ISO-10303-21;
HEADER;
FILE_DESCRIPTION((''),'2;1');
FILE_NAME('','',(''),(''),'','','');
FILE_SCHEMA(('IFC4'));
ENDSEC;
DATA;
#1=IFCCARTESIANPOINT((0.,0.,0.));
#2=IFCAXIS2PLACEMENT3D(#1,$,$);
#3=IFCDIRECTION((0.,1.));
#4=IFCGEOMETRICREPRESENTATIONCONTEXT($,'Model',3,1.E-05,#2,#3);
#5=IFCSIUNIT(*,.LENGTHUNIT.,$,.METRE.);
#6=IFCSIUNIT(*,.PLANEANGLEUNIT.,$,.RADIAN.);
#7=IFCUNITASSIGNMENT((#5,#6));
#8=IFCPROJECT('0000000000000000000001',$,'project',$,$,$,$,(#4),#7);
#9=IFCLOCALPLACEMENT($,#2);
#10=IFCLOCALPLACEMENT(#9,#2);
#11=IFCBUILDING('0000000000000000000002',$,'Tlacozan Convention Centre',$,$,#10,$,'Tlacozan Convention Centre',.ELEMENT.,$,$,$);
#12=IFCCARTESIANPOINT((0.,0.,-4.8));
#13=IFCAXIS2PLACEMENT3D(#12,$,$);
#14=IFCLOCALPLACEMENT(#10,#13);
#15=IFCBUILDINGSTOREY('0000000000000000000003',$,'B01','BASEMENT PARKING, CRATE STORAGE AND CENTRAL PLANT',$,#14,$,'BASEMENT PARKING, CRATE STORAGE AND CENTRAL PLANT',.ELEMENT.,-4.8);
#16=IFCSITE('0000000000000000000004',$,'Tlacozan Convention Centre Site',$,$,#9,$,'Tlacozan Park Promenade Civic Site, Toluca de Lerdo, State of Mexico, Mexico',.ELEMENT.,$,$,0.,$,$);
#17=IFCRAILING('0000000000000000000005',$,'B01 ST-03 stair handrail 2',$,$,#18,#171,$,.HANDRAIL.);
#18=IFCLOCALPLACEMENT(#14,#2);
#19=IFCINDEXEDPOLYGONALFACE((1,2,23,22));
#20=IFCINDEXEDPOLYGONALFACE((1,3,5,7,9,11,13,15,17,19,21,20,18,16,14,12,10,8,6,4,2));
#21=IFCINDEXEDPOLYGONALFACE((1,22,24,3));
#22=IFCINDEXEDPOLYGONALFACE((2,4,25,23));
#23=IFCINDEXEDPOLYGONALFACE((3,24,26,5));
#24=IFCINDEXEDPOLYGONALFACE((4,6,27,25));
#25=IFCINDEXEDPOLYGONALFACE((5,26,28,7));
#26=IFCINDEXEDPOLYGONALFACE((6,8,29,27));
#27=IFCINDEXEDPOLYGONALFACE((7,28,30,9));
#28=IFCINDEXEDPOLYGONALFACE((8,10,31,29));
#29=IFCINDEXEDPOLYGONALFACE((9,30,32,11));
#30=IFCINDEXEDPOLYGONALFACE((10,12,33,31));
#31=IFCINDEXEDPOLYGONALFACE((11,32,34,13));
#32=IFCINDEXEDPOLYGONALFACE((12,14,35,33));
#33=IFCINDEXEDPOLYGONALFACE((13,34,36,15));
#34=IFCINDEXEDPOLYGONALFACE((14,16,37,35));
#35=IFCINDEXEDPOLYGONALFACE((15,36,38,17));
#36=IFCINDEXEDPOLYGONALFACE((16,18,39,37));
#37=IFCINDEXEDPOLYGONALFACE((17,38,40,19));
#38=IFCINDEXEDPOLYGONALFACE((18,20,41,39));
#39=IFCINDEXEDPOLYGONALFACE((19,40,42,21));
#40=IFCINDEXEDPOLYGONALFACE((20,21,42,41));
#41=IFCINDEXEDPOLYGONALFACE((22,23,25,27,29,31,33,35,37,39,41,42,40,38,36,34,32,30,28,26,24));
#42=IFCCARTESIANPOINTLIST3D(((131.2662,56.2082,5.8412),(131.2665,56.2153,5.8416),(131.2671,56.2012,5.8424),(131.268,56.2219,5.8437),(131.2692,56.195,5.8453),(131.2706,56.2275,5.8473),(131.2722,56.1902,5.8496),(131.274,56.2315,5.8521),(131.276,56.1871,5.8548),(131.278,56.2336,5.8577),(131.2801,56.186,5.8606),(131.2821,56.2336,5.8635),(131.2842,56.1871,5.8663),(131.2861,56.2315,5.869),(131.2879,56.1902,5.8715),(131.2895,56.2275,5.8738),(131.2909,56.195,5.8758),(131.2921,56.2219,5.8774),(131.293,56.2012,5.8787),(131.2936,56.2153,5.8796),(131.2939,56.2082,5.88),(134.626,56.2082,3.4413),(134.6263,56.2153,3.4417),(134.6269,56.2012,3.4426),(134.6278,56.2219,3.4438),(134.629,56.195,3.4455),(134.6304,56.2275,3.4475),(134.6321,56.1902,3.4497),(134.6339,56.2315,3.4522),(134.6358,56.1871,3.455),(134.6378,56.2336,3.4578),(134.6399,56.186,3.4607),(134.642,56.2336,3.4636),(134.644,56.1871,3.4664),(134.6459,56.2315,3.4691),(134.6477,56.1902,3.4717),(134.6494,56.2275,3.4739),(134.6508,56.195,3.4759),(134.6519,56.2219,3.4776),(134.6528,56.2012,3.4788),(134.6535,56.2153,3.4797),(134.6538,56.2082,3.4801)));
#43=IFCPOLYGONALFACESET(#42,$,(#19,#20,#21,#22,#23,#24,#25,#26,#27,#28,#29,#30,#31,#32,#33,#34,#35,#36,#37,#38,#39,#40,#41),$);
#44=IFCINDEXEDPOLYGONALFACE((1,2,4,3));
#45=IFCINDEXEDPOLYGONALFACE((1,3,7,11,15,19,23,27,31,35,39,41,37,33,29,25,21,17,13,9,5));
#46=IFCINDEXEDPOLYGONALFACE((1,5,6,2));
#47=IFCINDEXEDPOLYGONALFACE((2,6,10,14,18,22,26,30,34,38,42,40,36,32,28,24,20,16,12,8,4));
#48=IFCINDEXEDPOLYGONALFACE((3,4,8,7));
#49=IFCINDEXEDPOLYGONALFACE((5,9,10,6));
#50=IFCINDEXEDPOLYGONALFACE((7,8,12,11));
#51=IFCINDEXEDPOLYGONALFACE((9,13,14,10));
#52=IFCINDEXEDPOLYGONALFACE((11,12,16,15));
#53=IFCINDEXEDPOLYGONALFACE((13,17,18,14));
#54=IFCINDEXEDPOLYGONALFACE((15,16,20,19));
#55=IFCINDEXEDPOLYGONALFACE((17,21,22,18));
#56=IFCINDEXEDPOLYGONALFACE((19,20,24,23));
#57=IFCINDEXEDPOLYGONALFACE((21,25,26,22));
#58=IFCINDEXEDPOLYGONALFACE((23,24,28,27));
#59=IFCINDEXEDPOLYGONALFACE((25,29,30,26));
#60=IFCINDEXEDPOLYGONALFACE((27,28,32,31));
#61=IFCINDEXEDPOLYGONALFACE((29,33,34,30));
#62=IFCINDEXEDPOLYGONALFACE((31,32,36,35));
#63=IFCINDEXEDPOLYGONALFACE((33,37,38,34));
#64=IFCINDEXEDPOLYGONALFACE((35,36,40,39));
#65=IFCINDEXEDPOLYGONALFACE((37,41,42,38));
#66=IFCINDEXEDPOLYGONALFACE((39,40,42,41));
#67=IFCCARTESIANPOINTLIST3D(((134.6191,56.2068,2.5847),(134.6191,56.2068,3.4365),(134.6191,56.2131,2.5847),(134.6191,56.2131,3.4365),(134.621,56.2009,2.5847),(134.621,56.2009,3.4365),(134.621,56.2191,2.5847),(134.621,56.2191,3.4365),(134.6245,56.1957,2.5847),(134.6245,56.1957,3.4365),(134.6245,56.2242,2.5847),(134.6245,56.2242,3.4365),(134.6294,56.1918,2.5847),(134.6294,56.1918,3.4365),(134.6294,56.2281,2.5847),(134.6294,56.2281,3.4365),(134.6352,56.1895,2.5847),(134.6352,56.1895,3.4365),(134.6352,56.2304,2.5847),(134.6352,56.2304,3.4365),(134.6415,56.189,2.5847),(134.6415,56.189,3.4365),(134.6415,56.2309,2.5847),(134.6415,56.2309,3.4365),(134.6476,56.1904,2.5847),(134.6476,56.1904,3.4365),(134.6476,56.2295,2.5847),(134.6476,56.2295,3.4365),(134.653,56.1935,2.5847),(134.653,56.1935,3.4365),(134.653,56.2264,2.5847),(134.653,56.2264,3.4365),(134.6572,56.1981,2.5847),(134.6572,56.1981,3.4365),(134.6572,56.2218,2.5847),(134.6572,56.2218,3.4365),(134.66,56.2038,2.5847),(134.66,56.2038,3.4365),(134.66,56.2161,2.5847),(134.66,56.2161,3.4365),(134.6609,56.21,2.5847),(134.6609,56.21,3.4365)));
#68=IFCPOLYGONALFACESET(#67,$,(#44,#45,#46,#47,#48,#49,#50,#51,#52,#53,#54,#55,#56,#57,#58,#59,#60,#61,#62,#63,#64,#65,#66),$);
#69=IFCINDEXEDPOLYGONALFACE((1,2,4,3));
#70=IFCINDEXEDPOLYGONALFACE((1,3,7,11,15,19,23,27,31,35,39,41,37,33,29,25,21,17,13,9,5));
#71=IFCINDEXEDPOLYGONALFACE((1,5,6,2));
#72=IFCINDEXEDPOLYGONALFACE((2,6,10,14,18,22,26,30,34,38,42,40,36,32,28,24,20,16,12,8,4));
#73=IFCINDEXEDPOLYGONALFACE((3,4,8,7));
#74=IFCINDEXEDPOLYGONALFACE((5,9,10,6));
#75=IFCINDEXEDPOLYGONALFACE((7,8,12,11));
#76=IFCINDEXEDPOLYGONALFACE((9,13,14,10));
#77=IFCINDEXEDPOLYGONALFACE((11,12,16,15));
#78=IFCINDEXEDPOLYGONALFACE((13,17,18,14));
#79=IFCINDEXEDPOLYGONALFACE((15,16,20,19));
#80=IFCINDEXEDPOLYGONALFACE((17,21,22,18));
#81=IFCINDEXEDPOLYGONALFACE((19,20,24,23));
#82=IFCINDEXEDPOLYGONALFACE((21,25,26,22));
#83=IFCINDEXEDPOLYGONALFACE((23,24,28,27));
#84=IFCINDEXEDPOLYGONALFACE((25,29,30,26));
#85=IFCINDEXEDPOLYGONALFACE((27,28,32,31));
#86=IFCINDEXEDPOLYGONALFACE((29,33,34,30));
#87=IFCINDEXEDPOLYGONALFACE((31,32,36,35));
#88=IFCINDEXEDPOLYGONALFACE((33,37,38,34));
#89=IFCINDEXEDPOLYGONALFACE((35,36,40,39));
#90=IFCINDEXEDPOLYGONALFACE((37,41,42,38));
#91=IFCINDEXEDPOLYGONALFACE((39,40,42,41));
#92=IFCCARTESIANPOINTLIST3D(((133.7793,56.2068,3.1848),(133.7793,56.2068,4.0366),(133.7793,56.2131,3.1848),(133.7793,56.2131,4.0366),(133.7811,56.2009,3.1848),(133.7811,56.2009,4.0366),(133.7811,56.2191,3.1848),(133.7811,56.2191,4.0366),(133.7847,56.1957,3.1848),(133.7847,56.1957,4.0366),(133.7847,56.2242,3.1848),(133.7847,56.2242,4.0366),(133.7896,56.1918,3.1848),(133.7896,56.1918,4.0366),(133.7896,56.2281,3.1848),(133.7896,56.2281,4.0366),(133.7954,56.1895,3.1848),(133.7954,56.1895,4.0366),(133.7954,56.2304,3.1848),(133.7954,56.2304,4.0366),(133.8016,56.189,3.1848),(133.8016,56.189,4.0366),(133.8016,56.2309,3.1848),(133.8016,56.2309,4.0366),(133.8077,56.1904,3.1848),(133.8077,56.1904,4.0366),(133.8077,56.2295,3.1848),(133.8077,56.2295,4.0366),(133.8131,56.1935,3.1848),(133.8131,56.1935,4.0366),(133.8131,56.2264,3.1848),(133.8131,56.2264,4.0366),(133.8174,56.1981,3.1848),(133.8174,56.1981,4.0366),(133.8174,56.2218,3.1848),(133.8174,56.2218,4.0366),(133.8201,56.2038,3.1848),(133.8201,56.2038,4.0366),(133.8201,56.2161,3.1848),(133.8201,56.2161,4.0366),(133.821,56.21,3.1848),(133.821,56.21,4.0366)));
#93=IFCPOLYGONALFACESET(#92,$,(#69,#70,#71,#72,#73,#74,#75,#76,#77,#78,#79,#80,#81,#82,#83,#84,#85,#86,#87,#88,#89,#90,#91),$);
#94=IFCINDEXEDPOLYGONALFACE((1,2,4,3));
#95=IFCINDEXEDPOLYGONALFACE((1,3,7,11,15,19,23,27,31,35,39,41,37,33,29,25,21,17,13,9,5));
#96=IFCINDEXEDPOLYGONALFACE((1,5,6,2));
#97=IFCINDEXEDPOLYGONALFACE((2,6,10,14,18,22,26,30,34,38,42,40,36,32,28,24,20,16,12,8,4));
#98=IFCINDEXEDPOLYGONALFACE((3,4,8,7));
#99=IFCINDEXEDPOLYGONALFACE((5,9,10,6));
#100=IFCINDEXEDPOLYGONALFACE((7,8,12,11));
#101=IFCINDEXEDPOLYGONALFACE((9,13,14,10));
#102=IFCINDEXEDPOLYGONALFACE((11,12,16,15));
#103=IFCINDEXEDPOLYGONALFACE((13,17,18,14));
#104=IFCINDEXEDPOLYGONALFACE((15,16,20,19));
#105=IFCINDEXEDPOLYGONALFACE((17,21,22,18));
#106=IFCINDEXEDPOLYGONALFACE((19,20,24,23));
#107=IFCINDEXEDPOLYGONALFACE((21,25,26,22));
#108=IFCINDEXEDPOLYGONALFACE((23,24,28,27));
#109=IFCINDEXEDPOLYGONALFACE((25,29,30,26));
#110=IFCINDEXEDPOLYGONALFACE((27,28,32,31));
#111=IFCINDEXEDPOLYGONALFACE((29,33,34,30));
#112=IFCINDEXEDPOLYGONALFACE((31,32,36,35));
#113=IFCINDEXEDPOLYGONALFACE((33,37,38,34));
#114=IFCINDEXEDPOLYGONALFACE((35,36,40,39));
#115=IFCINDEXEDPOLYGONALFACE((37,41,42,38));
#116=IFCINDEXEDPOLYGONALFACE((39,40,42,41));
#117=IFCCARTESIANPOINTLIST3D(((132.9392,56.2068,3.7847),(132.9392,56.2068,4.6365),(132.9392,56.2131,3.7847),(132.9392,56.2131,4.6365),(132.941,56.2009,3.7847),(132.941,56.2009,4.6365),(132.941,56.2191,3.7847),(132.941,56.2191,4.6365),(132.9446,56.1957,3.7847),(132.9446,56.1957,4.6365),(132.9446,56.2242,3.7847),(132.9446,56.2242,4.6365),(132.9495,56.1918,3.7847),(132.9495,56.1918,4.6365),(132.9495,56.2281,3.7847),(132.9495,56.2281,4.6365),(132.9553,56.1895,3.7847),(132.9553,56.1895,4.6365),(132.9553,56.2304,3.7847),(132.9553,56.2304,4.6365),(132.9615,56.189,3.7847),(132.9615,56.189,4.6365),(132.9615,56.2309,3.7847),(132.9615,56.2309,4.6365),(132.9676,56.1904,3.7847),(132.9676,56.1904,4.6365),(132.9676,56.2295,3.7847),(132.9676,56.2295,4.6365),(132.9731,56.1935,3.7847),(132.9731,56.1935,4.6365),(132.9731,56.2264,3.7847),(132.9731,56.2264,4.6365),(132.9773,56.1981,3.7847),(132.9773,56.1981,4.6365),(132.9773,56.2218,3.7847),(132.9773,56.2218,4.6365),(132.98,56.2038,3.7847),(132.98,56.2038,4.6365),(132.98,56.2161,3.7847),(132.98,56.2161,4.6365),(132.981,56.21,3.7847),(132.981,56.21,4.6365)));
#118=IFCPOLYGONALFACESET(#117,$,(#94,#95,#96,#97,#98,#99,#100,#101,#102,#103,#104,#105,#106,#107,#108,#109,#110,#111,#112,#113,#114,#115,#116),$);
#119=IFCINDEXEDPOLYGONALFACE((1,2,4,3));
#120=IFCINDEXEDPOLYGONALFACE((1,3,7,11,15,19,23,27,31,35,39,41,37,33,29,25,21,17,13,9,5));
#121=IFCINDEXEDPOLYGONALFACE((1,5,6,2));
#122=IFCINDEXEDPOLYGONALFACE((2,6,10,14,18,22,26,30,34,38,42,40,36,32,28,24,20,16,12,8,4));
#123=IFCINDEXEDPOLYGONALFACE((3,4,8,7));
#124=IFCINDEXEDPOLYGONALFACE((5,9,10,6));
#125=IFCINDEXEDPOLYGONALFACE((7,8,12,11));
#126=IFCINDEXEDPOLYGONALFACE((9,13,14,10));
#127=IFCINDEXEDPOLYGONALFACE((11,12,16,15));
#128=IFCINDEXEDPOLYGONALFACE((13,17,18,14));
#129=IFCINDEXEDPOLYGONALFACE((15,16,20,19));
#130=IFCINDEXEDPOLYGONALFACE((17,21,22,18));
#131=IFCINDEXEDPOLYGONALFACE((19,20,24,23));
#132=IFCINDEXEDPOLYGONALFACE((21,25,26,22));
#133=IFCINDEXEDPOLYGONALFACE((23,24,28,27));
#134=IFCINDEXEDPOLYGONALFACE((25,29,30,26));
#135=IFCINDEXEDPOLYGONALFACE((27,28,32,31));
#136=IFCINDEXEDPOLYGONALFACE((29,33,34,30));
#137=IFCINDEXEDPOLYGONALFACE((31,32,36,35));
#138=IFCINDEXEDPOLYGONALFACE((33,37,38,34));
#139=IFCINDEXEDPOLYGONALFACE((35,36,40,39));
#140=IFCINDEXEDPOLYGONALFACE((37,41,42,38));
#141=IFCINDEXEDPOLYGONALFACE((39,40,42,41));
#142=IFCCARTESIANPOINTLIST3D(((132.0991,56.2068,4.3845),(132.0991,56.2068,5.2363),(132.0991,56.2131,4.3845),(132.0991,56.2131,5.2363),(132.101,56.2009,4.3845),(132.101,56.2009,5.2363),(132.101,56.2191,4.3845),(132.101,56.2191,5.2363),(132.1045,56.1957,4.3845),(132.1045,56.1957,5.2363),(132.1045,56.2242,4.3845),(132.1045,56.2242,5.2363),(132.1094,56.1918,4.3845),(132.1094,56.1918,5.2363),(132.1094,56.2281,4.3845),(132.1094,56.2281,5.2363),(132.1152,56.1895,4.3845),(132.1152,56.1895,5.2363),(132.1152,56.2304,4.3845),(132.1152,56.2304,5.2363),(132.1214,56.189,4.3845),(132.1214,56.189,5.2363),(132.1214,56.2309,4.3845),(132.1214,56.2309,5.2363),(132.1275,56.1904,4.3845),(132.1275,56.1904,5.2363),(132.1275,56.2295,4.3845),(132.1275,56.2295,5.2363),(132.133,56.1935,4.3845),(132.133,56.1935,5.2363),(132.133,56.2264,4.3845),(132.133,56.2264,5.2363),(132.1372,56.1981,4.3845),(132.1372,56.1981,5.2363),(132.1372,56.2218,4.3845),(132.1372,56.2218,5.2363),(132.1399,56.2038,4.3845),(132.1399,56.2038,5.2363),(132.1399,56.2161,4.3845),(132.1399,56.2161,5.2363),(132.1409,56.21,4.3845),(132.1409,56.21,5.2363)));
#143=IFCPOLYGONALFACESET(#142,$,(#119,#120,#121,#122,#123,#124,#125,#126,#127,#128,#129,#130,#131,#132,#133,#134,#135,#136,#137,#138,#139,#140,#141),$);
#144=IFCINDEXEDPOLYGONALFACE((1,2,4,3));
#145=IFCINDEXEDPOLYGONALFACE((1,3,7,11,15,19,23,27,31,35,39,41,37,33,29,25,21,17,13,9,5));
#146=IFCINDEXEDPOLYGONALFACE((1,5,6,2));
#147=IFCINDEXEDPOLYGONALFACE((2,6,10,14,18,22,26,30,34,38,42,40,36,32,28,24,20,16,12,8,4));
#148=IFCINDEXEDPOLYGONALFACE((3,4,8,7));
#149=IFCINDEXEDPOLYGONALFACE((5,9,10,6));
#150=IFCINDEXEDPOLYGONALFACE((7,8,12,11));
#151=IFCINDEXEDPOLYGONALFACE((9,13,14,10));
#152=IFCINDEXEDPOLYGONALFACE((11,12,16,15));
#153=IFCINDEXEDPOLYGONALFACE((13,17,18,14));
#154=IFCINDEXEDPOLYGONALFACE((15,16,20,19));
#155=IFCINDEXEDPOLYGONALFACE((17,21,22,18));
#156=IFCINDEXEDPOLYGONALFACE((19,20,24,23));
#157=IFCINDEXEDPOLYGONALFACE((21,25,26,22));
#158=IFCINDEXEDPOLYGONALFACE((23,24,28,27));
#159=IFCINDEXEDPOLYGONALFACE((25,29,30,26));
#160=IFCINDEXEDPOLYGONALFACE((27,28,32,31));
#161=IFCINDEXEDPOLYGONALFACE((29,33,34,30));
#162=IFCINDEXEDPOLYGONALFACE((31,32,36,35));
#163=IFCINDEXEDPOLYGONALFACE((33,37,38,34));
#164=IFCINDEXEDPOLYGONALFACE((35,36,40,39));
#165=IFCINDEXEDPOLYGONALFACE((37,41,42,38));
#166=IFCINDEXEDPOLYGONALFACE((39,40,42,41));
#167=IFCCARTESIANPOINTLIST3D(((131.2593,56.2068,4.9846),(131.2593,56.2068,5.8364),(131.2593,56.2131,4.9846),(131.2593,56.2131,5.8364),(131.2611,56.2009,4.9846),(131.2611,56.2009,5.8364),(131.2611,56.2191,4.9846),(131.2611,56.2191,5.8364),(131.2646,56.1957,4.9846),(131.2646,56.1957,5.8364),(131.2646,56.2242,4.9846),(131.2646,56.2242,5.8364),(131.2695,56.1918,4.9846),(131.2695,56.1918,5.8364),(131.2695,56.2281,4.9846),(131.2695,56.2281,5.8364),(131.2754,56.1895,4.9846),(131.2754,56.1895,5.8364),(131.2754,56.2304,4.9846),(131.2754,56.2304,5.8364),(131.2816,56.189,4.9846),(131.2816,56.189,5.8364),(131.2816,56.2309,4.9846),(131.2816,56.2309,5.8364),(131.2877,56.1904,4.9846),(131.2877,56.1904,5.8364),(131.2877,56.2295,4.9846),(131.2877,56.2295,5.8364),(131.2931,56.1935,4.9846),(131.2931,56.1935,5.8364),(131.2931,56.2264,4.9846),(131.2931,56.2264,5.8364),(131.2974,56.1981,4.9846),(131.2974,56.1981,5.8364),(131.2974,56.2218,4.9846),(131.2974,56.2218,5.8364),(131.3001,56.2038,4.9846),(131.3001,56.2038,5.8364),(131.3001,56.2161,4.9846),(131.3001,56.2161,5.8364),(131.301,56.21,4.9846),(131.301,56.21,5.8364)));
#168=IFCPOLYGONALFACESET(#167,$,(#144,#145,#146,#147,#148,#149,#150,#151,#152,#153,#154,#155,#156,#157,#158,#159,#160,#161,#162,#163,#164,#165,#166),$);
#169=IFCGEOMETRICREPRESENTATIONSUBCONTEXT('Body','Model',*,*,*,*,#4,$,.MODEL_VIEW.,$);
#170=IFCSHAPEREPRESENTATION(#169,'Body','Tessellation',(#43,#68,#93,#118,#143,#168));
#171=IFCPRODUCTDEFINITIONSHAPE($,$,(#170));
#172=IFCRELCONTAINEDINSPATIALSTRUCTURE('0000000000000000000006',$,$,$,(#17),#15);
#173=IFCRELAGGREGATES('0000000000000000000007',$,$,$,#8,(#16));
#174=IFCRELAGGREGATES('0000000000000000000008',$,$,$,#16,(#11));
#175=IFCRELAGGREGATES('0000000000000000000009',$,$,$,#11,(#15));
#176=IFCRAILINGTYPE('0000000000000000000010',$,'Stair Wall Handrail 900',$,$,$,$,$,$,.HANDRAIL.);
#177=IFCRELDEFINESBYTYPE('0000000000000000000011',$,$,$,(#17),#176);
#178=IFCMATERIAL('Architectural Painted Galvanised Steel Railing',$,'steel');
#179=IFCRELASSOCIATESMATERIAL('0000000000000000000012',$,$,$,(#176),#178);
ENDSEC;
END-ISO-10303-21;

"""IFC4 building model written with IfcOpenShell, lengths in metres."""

from ifc_helpers import new_model, si_unit, direction, frame, origin, origin_2d, place, context, subcontext, project, spatial, circle, extrude, material, type_object, element, save


model = new_model("IFC4")

# Units and contexts
model_context = context("Model", 3, precision=1e-05, world=origin(), true_north=direction((0.0, 1.0)))
body_context = subcontext(model_context, "Body", "Model", "MODEL_VIEW")
ifc_project = project(units=[si_unit("LENGTHUNIT", "METRE"), si_unit("PLANEANGLEUNIT", "RADIAN")], contexts=[model_context])

# Site, building, storey
site_placement = place(None, origin())
site = spatial("IfcSite", under=ifc_project, at=site_placement, Name="Tlacozan Convention Centre Site", LongName="Tlacozan Park Promenade Civic Site, Toluca de Lerdo, State of Mexico, Mexico", CompositionType="ELEMENT", RefElevation=0.0)
building_placement = place(site_placement, origin())
building = spatial("IfcBuilding", under=site, at=building_placement, Name="Tlacozan Convention Centre", LongName="Tlacozan Convention Centre", CompositionType="ELEMENT")
storey_placement = place(building_placement, frame((0.0, 0.0, -4.8)))
storey = spatial("IfcBuildingStorey", under=building, at=storey_placement, Name="B01", Description="BASEMENT PARKING, CRATE STORAGE AND CENTRAL PLANT", LongName="BASEMENT PARKING, CRATE STORAGE AND CENTRAL PLANT", CompositionType="ELEMENT", Elevation=-4.8)

# Railing
ifc_material_1 = material(Name="Architectural Painted Galvanised Steel Railing", Category="steel")
railing_type_1 = type_object("IfcRailingType", Name="Stair Wall Handrail 900", PredefinedType="HANDRAIL", material=ifc_material_1)
railing_1_placement = place(storey_placement, frame((134.6399, 56.21, 2.5847)))
element("IfcRailing", 1, at=railing_1_placement, inside=storey, type_object=railing_type_1, Name="B01 ST-03 stair handrail 2", PredefinedType="HANDRAIL", context=body_context, shape_type="SweptSolid", body=[
    extrude(circle(Radius=0.0239, at=origin_2d()), frame((0.0, 0.0, 0.876), z_axis=(-0.813733, 0.0, 0.581238), x_axis=(0.0, -1.0, 0.0)), (0.0, 0.0, 1.0), 4.1289),
    extrude(circle(Radius=0.021, at=origin_2d()), origin(), (0.0, 0.0, 1.0), 0.8518),
    extrude(circle(Radius=0.021, at=origin_2d()), frame((-0.8398, 0.0, 0.6001)), (0.0, 0.0, 1.0), 0.8518),
    extrude(circle(Radius=0.021, at=origin_2d()), frame((-1.6799, 0.0, 1.2)), (0.0, 0.0, 1.0), 0.8518),
    extrude(circle(Radius=0.021, at=origin_2d()), frame((-2.52, 0.0, 1.7998)), (0.0, 0.0, 1.0), 0.8518),
    extrude(circle(Radius=0.021, at=origin_2d()), frame((-3.3599, 0.0, 2.3999)), (0.0, 0.0, 1.0), 0.8518),
])

save(model, "model.ifc")
